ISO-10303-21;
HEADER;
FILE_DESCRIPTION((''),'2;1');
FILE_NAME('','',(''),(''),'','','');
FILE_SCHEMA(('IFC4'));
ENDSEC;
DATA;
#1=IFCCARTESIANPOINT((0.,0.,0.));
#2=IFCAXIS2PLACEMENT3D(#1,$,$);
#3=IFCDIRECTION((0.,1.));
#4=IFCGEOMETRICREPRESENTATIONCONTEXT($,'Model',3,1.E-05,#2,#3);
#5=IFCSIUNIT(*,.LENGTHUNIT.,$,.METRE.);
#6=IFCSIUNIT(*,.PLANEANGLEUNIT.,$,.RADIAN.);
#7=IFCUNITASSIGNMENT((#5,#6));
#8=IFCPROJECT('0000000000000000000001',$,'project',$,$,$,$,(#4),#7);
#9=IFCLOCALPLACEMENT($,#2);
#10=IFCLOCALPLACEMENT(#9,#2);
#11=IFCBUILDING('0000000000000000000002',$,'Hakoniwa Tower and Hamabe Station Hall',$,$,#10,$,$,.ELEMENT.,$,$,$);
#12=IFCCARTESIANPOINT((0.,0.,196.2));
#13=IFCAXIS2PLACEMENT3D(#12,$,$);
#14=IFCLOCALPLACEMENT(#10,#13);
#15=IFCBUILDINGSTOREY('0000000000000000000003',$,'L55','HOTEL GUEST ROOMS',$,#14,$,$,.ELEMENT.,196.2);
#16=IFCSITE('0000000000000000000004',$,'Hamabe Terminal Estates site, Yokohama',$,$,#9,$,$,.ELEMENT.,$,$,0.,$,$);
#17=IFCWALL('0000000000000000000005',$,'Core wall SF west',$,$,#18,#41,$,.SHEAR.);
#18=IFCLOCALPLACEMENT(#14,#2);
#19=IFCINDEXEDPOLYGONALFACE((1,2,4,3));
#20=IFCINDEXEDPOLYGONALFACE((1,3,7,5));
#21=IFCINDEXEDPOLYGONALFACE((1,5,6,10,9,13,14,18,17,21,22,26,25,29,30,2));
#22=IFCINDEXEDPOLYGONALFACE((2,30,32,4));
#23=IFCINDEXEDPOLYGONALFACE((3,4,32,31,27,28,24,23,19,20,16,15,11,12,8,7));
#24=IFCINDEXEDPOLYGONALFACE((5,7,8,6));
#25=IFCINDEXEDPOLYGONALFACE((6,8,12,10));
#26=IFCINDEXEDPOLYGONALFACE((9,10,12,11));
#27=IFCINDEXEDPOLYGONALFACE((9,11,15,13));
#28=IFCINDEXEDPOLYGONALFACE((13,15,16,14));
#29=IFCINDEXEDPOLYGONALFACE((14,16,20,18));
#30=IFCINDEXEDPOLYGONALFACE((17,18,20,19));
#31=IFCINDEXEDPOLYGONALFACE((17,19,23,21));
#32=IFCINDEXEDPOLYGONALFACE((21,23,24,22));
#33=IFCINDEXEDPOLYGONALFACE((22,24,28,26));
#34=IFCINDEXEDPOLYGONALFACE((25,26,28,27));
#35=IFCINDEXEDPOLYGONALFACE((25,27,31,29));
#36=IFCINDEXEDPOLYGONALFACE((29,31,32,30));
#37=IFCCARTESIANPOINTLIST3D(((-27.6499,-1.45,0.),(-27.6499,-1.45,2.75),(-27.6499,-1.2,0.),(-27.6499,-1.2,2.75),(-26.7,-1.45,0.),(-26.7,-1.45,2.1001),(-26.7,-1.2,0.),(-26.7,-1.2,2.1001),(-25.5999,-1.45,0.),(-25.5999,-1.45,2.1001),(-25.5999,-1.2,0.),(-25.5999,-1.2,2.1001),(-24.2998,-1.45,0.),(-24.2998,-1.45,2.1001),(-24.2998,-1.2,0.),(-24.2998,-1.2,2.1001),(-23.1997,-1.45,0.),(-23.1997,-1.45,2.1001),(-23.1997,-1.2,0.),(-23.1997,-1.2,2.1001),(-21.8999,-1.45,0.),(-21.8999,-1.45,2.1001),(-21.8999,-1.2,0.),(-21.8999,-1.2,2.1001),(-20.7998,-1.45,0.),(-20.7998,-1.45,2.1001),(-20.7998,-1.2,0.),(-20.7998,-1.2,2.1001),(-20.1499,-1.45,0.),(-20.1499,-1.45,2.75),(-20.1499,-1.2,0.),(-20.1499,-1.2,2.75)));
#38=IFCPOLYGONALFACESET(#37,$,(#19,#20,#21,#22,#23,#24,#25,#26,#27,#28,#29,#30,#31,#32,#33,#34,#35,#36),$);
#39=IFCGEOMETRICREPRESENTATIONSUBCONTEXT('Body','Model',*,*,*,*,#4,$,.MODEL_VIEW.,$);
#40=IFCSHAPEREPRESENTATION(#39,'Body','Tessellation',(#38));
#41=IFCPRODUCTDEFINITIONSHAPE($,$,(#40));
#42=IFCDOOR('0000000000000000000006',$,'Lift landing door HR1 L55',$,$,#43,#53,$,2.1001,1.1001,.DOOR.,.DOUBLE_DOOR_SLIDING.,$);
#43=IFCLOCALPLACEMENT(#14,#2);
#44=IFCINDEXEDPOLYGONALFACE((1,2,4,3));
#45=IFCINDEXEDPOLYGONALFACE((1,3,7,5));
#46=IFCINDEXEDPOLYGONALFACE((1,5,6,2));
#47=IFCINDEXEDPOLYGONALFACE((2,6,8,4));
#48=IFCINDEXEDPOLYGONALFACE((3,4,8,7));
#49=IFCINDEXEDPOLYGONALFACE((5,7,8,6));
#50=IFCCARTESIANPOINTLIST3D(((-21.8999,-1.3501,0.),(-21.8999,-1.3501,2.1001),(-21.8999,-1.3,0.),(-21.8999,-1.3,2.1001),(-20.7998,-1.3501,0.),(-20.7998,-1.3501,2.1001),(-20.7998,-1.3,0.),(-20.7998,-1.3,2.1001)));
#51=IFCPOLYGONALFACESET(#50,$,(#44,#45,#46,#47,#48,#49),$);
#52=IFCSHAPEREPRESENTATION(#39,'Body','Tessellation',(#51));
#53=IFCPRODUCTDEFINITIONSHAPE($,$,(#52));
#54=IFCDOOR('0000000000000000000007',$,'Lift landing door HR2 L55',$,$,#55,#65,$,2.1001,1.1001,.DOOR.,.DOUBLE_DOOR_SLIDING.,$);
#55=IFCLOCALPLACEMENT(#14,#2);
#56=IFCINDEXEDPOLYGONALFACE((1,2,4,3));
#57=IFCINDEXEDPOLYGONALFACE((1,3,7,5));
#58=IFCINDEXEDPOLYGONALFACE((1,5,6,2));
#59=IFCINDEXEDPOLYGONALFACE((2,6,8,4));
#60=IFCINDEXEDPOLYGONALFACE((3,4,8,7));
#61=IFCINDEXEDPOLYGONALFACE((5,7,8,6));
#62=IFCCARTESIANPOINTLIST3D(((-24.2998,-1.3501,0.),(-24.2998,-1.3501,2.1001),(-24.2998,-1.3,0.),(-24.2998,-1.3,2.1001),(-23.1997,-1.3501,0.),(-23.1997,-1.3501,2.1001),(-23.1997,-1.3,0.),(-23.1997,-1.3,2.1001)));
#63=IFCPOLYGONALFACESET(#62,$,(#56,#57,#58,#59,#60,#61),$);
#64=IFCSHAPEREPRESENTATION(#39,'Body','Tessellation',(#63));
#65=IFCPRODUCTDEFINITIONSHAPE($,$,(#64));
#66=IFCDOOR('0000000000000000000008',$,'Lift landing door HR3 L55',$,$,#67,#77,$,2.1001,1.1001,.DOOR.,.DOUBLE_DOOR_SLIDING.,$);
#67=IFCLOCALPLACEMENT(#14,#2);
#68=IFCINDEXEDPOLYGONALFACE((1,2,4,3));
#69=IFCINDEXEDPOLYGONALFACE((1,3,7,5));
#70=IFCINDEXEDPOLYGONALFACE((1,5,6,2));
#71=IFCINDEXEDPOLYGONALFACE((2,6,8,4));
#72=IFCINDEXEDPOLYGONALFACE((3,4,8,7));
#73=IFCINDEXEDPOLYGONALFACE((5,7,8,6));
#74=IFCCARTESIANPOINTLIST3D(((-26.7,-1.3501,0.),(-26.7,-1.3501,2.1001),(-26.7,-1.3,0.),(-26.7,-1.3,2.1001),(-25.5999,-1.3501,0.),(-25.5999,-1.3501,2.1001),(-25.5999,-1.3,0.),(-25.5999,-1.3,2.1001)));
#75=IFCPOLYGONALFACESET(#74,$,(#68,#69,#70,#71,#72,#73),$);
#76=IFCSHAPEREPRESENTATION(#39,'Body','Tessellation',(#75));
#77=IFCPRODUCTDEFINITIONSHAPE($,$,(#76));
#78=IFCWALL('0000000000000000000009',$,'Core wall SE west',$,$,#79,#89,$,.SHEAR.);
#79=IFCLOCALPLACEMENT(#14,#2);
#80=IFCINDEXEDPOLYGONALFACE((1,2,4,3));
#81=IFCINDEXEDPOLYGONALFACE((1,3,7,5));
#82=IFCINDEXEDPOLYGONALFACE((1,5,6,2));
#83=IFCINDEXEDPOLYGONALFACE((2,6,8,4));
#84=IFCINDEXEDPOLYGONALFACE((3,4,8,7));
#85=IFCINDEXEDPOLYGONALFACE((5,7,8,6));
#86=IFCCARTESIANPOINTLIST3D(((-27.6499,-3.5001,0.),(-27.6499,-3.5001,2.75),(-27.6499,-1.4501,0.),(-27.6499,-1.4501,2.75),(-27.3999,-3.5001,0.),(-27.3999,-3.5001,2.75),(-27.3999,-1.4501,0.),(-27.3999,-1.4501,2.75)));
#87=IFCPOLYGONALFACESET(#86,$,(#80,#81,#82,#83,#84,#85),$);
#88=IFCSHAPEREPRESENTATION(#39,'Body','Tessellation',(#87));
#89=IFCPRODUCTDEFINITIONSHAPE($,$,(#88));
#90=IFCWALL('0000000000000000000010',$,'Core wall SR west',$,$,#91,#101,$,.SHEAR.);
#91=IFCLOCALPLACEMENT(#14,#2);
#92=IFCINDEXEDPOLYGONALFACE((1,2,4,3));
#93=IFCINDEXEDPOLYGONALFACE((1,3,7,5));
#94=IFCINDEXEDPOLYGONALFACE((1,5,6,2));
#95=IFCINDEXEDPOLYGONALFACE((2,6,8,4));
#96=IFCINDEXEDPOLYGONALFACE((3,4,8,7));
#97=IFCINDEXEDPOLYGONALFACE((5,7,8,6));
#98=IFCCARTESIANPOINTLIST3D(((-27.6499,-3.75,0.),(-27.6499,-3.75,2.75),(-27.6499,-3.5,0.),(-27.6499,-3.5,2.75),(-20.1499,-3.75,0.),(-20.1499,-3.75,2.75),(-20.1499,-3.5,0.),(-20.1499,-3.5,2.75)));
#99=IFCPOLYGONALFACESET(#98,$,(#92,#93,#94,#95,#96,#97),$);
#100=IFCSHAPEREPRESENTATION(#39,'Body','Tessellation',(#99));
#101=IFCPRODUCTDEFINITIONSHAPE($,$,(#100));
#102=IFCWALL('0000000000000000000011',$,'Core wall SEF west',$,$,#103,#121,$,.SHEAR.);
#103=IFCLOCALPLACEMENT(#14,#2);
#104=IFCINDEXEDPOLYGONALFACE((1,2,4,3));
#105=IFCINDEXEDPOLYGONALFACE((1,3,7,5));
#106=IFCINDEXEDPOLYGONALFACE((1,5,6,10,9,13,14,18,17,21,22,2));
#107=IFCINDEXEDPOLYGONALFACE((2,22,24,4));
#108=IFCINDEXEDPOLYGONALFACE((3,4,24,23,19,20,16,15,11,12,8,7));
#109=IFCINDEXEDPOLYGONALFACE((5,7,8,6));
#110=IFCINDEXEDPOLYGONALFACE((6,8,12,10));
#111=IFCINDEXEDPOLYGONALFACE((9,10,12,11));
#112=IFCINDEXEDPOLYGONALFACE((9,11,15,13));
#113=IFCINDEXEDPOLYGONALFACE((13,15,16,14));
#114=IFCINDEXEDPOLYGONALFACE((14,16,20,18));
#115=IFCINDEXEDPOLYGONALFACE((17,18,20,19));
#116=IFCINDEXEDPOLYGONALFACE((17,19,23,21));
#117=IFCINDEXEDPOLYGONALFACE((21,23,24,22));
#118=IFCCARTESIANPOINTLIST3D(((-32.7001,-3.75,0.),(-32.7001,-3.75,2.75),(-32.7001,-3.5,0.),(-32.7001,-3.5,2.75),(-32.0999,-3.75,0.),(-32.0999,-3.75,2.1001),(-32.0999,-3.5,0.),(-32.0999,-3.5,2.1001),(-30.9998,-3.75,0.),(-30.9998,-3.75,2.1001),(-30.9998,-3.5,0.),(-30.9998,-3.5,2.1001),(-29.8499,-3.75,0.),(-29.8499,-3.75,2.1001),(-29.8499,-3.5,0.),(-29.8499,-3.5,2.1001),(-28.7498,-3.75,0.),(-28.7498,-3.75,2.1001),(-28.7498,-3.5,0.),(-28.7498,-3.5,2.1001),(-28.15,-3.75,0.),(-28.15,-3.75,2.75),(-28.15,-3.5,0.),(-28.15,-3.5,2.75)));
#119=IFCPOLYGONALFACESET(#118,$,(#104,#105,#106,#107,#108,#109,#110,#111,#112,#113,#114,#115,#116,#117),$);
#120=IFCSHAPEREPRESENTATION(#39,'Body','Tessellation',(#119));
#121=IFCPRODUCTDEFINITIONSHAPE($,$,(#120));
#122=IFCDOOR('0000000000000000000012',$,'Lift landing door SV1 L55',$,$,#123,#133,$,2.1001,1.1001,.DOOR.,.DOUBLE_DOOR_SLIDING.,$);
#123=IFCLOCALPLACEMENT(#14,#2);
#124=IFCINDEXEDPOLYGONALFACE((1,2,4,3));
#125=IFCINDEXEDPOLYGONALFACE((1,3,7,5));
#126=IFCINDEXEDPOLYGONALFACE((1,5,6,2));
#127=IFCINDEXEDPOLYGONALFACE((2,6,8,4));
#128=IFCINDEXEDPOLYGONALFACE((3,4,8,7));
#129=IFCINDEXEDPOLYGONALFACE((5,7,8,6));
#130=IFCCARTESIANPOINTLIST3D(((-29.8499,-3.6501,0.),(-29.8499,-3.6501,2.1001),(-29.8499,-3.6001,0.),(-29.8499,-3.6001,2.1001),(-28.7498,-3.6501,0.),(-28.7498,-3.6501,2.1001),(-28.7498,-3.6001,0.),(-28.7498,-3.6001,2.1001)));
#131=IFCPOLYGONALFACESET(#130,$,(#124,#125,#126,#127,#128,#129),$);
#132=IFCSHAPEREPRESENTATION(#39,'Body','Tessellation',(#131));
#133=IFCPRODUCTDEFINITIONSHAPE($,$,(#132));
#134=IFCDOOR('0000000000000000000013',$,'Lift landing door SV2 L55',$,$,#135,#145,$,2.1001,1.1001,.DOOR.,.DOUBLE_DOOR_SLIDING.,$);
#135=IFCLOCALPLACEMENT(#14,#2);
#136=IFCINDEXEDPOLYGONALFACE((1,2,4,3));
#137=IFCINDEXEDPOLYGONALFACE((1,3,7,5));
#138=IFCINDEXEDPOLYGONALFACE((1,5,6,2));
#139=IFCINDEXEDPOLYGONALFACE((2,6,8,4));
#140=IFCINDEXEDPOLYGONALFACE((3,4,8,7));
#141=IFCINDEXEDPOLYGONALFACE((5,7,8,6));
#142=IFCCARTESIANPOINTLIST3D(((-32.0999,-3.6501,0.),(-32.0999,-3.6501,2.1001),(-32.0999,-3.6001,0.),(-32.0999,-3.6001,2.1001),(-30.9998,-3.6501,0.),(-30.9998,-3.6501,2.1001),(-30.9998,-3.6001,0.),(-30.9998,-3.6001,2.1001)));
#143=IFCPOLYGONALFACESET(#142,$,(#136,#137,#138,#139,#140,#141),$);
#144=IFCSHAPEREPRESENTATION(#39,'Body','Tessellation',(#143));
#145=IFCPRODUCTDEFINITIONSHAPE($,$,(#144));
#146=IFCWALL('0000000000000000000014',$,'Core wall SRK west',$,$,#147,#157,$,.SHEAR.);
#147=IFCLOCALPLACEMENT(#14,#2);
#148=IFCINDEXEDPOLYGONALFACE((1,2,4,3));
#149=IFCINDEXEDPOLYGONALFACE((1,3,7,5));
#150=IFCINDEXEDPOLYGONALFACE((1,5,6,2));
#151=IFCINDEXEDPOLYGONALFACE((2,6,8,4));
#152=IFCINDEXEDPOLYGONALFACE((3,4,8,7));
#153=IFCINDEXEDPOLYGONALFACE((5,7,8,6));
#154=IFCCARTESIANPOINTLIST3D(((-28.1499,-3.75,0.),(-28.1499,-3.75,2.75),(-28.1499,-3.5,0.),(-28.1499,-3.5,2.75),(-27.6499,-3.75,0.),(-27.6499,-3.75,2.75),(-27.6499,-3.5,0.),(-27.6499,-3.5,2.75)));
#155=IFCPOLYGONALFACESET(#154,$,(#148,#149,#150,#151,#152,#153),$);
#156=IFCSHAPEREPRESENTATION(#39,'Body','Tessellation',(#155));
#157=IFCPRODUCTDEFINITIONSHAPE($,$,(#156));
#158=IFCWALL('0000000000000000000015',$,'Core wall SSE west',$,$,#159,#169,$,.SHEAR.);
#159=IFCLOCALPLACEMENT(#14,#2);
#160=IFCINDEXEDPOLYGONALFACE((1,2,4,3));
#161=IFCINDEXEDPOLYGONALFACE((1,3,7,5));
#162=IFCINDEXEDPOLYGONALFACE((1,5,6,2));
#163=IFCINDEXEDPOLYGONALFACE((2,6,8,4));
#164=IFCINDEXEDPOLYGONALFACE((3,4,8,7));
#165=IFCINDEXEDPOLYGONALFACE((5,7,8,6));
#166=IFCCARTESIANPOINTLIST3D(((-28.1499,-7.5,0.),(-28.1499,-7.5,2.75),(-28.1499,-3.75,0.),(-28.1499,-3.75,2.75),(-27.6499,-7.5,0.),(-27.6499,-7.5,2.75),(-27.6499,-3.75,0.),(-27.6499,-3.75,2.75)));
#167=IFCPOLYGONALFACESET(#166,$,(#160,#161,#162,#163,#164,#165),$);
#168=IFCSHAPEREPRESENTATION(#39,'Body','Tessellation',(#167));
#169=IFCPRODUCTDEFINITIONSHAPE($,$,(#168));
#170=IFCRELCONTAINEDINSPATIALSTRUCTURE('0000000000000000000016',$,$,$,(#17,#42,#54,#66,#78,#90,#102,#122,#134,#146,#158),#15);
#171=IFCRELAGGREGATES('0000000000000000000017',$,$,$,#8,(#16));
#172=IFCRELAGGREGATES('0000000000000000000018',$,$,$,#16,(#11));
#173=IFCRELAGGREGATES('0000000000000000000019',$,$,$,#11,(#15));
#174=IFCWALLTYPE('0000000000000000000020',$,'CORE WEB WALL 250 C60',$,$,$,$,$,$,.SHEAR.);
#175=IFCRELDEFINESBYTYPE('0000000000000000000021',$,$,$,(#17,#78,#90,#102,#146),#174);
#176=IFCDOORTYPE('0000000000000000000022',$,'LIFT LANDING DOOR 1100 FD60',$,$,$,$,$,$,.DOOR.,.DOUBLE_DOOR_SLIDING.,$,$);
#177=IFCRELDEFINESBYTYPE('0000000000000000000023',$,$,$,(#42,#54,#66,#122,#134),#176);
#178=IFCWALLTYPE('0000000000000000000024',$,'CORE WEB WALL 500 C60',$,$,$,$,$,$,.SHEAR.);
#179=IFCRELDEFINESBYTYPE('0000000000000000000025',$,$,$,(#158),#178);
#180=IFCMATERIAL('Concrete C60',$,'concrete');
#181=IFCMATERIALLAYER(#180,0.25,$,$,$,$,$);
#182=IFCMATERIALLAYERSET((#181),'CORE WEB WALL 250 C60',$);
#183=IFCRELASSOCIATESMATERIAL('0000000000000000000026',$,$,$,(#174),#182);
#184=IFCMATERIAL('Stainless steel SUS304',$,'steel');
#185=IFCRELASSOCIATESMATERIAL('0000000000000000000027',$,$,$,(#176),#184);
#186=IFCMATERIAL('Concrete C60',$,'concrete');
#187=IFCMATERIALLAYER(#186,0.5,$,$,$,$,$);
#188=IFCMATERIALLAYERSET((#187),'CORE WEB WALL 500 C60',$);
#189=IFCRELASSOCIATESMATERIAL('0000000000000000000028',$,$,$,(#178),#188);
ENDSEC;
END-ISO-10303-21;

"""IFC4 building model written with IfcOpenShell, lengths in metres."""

from ifc_helpers import new_model, si_unit, direction, frame, frame_2d, origin, place, context, subcontext, project, spatial, rectangle, extrude, material, layer, layer_set, type_object, element, fill, save


model = new_model("IFC4")

# Units and contexts
model_context = context("Model", 3, precision=1e-05, world=origin(), true_north=direction((0.0, 1.0)))
body_context = subcontext(model_context, "Body", "Model", "MODEL_VIEW")
ifc_project = project(units=[si_unit("LENGTHUNIT", "METRE"), si_unit("PLANEANGLEUNIT", "RADIAN")], contexts=[model_context])

# Site, building, storey
site_placement = place(None, origin())
site = spatial("IfcSite", under=ifc_project, at=site_placement, Name="Hamabe Terminal Estates site, Yokohama", CompositionType="ELEMENT", RefElevation=0.0)
building_placement = place(site_placement, origin())
building = spatial("IfcBuilding", under=site, at=building_placement, Name="Hakoniwa Tower and Hamabe Station Hall", CompositionType="ELEMENT")
storey_placement = place(building_placement, frame((0.0, 0.0, 196.2)))
storey = spatial("IfcBuildingStorey", under=building, at=storey_placement, Name="L55", Description="HOTEL GUEST ROOMS", CompositionType="ELEMENT", Elevation=196.2)

# Wall, openings, doors
ifc_material_1 = material(Name="Concrete C60", Category="concrete")
ifc_layer_1 = layer(ifc_material_1, 0.25)
ifc_layer_set_1 = layer_set([ifc_layer_1], Name="CORE WEB WALL 250 C60")
wall_type_1 = type_object("IfcWallType", Name="CORE WEB WALL 250 C60", PredefinedType="SHEAR", material=ifc_layer_set_1)
wall_1_placement = place(storey_placement, frame((-27.6499, -1.325, 0.0), z_axis=(0.0, 0.0, 1.0), x_axis=(1.0, 0.0, 0.0)))
wall_1 = element("IfcWall", 1, at=wall_1_placement, inside=storey, type_object=wall_type_1, Name="Core wall SF west", PredefinedType="SHEAR", context=body_context, shape_type="SweptSolid", body=[
    extrude(rectangle(XDim=7.5, YDim=0.25, at=frame_2d((3.75, 0.0))), origin(), (0.0, 0.0, 1.0), 2.75),
])
opening_1_placement = place(wall_1_placement, frame((5.75, 0.0, 0.0)))
opening_1 = element("IfcOpeningElement", 2, at=opening_1_placement, cuts=wall_1, PredefinedType="OPENING", context=body_context, shape_type="SweptSolid", body=[
    extrude(rectangle(XDim=1.1001, YDim=2.1001, at=frame_2d((0.55, 1.05))), frame((0.0, 0.135, 0.0), z_axis=(0.0, -1.0, 0.0), x_axis=(1.0, 0.0, 0.0)), (0.0, 0.0, 1.0), 0.27),
])
opening_2_placement = place(wall_1_placement, frame((3.3501, 0.0, 0.0)))
opening_2 = element("IfcOpeningElement", 3, at=opening_2_placement, cuts=wall_1, PredefinedType="OPENING", context=body_context, shape_type="SweptSolid", body=[
    extrude(rectangle(XDim=1.1001, YDim=2.1001, at=frame_2d((0.55, 1.05))), frame((0.0, 0.135, 0.0), z_axis=(0.0, -1.0, 0.0), x_axis=(1.0, 0.0, 0.0)), (0.0, 0.0, 1.0), 0.27),
])
opening_3_placement = place(wall_1_placement, frame((0.95, 0.0, 0.0)))
opening_3 = element("IfcOpeningElement", 4, at=opening_3_placement, cuts=wall_1, PredefinedType="OPENING", context=body_context, shape_type="SweptSolid", body=[
    extrude(rectangle(XDim=1.1001, YDim=2.1001, at=frame_2d((0.55, 1.05))), frame((0.0, 0.135, 0.0), z_axis=(0.0, -1.0, 0.0), x_axis=(1.0, 0.0, 0.0)), (0.0, 0.0, 1.0), 0.27),
])
ifc_material_2 = material(Name="Stainless steel SUS304", Category="steel")
door_type_1 = type_object("IfcDoorType", Name="LIFT LANDING DOOR 1100 FD60", OperationType="DOUBLE_DOOR_SLIDING", PredefinedType="DOOR", material=ifc_material_2)
door_1_placement = place(opening_1_placement, origin())
door_1 = element("IfcDoor", 5, at=door_1_placement, inside=storey, type_object=door_type_1, Name="Lift landing door HR1 L55", OperationType="DOUBLE_DOOR_SLIDING", OverallHeight=2.1001, OverallWidth=1.1001, PredefinedType="DOOR", context=body_context, shape_type="SweptSolid", body=[
    extrude(rectangle(XDim=1.1001, YDim=2.1001, at=frame_2d((0.55, 1.05))), frame((0.0, 0.0249, 0.0), z_axis=(0.0, -1.0, 0.0), x_axis=(1.0, 0.0, 0.0)), (0.0, 0.0, 1.0), 0.05),
])
fill(opening_1, door_1)
door_2_placement = place(opening_2_placement, origin())
door_2 = element("IfcDoor", 6, at=door_2_placement, inside=storey, type_object=door_type_1, Name="Lift landing door HR2 L55", OperationType="DOUBLE_DOOR_SLIDING", OverallHeight=2.1001, OverallWidth=1.1001, PredefinedType="DOOR", context=body_context, shape_type="SweptSolid", body=[
    extrude(rectangle(XDim=1.1001, YDim=2.1001, at=frame_2d((0.55, 1.05))), frame((0.0, 0.0249, 0.0), z_axis=(0.0, -1.0, 0.0), x_axis=(1.0, 0.0, 0.0)), (0.0, 0.0, 1.0), 0.05),
])
fill(opening_2, door_2)
door_3_placement = place(opening_3_placement, origin())
door_3 = element("IfcDoor", 7, at=door_3_placement, inside=storey, type_object=door_type_1, Name="Lift landing door HR3 L55", OperationType="DOUBLE_DOOR_SLIDING", OverallHeight=2.1001, OverallWidth=1.1001, PredefinedType="DOOR", context=body_context, shape_type="SweptSolid", body=[
    extrude(rectangle(XDim=1.1001, YDim=2.1001, at=frame_2d((0.55, 1.05))), frame((0.0, 0.0249, 0.0), z_axis=(0.0, -1.0, 0.0), x_axis=(1.0, 0.0, 0.0)), (0.0, 0.0, 1.0), 0.05),
])
fill(opening_3, door_3)

# Walls
wall_2_placement = place(storey_placement, frame((-27.5249, -3.5, 0.0), z_axis=(0.0, 0.0, 1.0), x_axis=(0.0, 1.0, 0.0)))
element("IfcWall", 8, at=wall_2_placement, inside=storey, type_object=wall_type_1, Name="Core wall SE west", PredefinedType="SHEAR", context=body_context, shape_type="SweptSolid", body=[
    extrude(rectangle(XDim=2.05, YDim=0.25, at=frame_2d((1.0249, 0.0))), origin(), (0.0, 0.0, 1.0), 2.75),
])
wall_3_placement = place(storey_placement, frame((-27.6499, -3.625, 0.0), z_axis=(0.0, 0.0, 1.0), x_axis=(1.0, 0.0, 0.0)))
element("IfcWall", 9, at=wall_3_placement, inside=storey, type_object=wall_type_1, Name="Core wall SR west", PredefinedType="SHEAR", context=body_context, shape_type="SweptSolid", body=[
    extrude(rectangle(XDim=7.5, YDim=0.25, at=frame_2d((3.75, 0.0))), origin(), (0.0, 0.0, 1.0), 2.75),
])

# Wall, openings, doors
wall_4_placement = place(storey_placement, frame((-32.7, -3.625, 0.0), z_axis=(0.0, 0.0, 1.0), x_axis=(1.0, 0.0, 0.0)))
wall_4 = element("IfcWall", 10, at=wall_4_placement, inside=storey, type_object=wall_type_1, Name="Core wall SEF west", PredefinedType="SHEAR", context=body_context, shape_type="SweptSolid", body=[
    extrude(rectangle(XDim=4.55, YDim=0.25, at=frame_2d((2.2749, 0.0))), origin(), (0.0, 0.0, 1.0), 2.75),
])
opening_4_placement = place(wall_4_placement, frame((2.8501, 0.0, 0.0)))
opening_4 = element("IfcOpeningElement", 11, at=opening_4_placement, cuts=wall_4, PredefinedType="OPENING", context=body_context, shape_type="SweptSolid", body=[
    extrude(rectangle(XDim=1.1001, YDim=2.1001, at=frame_2d((0.55, 1.05))), frame((0.0, 0.135, 0.0), z_axis=(0.0, -1.0, 0.0), x_axis=(1.0, 0.0, 0.0)), (0.0, 0.0, 1.0), 0.27),
])
opening_5_placement = place(wall_4_placement, frame((0.6001, 0.0, 0.0)))
opening_5 = element("IfcOpeningElement", 12, at=opening_5_placement, cuts=wall_4, PredefinedType="OPENING", context=body_context, shape_type="SweptSolid", body=[
    extrude(rectangle(XDim=1.1001, YDim=2.1001, at=frame_2d((0.55, 1.05))), frame((0.0, 0.135, 0.0), z_axis=(0.0, -1.0, 0.0), x_axis=(1.0, 0.0, 0.0)), (0.0, 0.0, 1.0), 0.27),
])
door_4_placement = place(opening_4_placement, origin())
door_4 = element("IfcDoor", 13, at=door_4_placement, inside=storey, type_object=door_type_1, Name="Lift landing door SV1 L55", OperationType="DOUBLE_DOOR_SLIDING", OverallHeight=2.1001, OverallWidth=1.1001, PredefinedType="DOOR", context=body_context, shape_type="SweptSolid", body=[
    extrude(rectangle(XDim=1.1001, YDim=2.1001, at=frame_2d((0.55, 1.05))), frame((0.0, 0.0249, 0.0), z_axis=(0.0, -1.0, 0.0), x_axis=(1.0, 0.0, 0.0)), (0.0, 0.0, 1.0), 0.05),
])
fill(opening_4, door_4)
door_5_placement = place(opening_5_placement, origin())
door_5 = element("IfcDoor", 14, at=door_5_placement, inside=storey, type_object=door_type_1, Name="Lift landing door SV2 L55", OperationType="DOUBLE_DOOR_SLIDING", OverallHeight=2.1001, OverallWidth=1.1001, PredefinedType="DOOR", context=body_context, shape_type="SweptSolid", body=[
    extrude(rectangle(XDim=1.1001, YDim=2.1001, at=frame_2d((0.55, 1.05))), frame((0.0, 0.0249, 0.0), z_axis=(0.0, -1.0, 0.0), x_axis=(1.0, 0.0, 0.0)), (0.0, 0.0, 1.0), 0.05),
])
fill(opening_5, door_5)

# Walls
wall_5_placement = place(storey_placement, frame((-28.1499, -3.625, 0.0), z_axis=(0.0, 0.0, 1.0), x_axis=(1.0, 0.0, 0.0)))
element("IfcWall", 15, at=wall_5_placement, inside=storey, type_object=wall_type_1, Name="Core wall SRK west", PredefinedType="SHEAR", context=body_context, shape_type="SweptSolid", body=[
    extrude(rectangle(XDim=0.5, YDim=0.25, at=frame_2d((0.25, 0.0))), origin(), (0.0, 0.0, 1.0), 2.75),
])
ifc_material_3 = material(Name="Concrete C60", Category="concrete")
ifc_layer_2 = layer(ifc_material_3, 0.5)
ifc_layer_set_2 = layer_set([ifc_layer_2], Name="CORE WEB WALL 500 C60")
wall_type_2 = type_object("IfcWallType", Name="CORE WEB WALL 500 C60", PredefinedType="SHEAR", material=ifc_layer_set_2)
wall_6_placement = place(storey_placement, frame((-27.8999, -7.5, 0.0), z_axis=(0.0, 0.0, 1.0), x_axis=(0.0, 1.0, 0.0)))
element("IfcWall", 16, at=wall_6_placement, inside=storey, type_object=wall_type_2, Name="Core wall SSE west", PredefinedType="SHEAR", context=body_context, shape_type="SweptSolid", body=[
    extrude(rectangle(XDim=3.75, YDim=0.5, at=frame_2d((1.875, 0.0))), origin(), (0.0, 0.0, 1.0), 2.75),
])

save(model, "model.ifc")
